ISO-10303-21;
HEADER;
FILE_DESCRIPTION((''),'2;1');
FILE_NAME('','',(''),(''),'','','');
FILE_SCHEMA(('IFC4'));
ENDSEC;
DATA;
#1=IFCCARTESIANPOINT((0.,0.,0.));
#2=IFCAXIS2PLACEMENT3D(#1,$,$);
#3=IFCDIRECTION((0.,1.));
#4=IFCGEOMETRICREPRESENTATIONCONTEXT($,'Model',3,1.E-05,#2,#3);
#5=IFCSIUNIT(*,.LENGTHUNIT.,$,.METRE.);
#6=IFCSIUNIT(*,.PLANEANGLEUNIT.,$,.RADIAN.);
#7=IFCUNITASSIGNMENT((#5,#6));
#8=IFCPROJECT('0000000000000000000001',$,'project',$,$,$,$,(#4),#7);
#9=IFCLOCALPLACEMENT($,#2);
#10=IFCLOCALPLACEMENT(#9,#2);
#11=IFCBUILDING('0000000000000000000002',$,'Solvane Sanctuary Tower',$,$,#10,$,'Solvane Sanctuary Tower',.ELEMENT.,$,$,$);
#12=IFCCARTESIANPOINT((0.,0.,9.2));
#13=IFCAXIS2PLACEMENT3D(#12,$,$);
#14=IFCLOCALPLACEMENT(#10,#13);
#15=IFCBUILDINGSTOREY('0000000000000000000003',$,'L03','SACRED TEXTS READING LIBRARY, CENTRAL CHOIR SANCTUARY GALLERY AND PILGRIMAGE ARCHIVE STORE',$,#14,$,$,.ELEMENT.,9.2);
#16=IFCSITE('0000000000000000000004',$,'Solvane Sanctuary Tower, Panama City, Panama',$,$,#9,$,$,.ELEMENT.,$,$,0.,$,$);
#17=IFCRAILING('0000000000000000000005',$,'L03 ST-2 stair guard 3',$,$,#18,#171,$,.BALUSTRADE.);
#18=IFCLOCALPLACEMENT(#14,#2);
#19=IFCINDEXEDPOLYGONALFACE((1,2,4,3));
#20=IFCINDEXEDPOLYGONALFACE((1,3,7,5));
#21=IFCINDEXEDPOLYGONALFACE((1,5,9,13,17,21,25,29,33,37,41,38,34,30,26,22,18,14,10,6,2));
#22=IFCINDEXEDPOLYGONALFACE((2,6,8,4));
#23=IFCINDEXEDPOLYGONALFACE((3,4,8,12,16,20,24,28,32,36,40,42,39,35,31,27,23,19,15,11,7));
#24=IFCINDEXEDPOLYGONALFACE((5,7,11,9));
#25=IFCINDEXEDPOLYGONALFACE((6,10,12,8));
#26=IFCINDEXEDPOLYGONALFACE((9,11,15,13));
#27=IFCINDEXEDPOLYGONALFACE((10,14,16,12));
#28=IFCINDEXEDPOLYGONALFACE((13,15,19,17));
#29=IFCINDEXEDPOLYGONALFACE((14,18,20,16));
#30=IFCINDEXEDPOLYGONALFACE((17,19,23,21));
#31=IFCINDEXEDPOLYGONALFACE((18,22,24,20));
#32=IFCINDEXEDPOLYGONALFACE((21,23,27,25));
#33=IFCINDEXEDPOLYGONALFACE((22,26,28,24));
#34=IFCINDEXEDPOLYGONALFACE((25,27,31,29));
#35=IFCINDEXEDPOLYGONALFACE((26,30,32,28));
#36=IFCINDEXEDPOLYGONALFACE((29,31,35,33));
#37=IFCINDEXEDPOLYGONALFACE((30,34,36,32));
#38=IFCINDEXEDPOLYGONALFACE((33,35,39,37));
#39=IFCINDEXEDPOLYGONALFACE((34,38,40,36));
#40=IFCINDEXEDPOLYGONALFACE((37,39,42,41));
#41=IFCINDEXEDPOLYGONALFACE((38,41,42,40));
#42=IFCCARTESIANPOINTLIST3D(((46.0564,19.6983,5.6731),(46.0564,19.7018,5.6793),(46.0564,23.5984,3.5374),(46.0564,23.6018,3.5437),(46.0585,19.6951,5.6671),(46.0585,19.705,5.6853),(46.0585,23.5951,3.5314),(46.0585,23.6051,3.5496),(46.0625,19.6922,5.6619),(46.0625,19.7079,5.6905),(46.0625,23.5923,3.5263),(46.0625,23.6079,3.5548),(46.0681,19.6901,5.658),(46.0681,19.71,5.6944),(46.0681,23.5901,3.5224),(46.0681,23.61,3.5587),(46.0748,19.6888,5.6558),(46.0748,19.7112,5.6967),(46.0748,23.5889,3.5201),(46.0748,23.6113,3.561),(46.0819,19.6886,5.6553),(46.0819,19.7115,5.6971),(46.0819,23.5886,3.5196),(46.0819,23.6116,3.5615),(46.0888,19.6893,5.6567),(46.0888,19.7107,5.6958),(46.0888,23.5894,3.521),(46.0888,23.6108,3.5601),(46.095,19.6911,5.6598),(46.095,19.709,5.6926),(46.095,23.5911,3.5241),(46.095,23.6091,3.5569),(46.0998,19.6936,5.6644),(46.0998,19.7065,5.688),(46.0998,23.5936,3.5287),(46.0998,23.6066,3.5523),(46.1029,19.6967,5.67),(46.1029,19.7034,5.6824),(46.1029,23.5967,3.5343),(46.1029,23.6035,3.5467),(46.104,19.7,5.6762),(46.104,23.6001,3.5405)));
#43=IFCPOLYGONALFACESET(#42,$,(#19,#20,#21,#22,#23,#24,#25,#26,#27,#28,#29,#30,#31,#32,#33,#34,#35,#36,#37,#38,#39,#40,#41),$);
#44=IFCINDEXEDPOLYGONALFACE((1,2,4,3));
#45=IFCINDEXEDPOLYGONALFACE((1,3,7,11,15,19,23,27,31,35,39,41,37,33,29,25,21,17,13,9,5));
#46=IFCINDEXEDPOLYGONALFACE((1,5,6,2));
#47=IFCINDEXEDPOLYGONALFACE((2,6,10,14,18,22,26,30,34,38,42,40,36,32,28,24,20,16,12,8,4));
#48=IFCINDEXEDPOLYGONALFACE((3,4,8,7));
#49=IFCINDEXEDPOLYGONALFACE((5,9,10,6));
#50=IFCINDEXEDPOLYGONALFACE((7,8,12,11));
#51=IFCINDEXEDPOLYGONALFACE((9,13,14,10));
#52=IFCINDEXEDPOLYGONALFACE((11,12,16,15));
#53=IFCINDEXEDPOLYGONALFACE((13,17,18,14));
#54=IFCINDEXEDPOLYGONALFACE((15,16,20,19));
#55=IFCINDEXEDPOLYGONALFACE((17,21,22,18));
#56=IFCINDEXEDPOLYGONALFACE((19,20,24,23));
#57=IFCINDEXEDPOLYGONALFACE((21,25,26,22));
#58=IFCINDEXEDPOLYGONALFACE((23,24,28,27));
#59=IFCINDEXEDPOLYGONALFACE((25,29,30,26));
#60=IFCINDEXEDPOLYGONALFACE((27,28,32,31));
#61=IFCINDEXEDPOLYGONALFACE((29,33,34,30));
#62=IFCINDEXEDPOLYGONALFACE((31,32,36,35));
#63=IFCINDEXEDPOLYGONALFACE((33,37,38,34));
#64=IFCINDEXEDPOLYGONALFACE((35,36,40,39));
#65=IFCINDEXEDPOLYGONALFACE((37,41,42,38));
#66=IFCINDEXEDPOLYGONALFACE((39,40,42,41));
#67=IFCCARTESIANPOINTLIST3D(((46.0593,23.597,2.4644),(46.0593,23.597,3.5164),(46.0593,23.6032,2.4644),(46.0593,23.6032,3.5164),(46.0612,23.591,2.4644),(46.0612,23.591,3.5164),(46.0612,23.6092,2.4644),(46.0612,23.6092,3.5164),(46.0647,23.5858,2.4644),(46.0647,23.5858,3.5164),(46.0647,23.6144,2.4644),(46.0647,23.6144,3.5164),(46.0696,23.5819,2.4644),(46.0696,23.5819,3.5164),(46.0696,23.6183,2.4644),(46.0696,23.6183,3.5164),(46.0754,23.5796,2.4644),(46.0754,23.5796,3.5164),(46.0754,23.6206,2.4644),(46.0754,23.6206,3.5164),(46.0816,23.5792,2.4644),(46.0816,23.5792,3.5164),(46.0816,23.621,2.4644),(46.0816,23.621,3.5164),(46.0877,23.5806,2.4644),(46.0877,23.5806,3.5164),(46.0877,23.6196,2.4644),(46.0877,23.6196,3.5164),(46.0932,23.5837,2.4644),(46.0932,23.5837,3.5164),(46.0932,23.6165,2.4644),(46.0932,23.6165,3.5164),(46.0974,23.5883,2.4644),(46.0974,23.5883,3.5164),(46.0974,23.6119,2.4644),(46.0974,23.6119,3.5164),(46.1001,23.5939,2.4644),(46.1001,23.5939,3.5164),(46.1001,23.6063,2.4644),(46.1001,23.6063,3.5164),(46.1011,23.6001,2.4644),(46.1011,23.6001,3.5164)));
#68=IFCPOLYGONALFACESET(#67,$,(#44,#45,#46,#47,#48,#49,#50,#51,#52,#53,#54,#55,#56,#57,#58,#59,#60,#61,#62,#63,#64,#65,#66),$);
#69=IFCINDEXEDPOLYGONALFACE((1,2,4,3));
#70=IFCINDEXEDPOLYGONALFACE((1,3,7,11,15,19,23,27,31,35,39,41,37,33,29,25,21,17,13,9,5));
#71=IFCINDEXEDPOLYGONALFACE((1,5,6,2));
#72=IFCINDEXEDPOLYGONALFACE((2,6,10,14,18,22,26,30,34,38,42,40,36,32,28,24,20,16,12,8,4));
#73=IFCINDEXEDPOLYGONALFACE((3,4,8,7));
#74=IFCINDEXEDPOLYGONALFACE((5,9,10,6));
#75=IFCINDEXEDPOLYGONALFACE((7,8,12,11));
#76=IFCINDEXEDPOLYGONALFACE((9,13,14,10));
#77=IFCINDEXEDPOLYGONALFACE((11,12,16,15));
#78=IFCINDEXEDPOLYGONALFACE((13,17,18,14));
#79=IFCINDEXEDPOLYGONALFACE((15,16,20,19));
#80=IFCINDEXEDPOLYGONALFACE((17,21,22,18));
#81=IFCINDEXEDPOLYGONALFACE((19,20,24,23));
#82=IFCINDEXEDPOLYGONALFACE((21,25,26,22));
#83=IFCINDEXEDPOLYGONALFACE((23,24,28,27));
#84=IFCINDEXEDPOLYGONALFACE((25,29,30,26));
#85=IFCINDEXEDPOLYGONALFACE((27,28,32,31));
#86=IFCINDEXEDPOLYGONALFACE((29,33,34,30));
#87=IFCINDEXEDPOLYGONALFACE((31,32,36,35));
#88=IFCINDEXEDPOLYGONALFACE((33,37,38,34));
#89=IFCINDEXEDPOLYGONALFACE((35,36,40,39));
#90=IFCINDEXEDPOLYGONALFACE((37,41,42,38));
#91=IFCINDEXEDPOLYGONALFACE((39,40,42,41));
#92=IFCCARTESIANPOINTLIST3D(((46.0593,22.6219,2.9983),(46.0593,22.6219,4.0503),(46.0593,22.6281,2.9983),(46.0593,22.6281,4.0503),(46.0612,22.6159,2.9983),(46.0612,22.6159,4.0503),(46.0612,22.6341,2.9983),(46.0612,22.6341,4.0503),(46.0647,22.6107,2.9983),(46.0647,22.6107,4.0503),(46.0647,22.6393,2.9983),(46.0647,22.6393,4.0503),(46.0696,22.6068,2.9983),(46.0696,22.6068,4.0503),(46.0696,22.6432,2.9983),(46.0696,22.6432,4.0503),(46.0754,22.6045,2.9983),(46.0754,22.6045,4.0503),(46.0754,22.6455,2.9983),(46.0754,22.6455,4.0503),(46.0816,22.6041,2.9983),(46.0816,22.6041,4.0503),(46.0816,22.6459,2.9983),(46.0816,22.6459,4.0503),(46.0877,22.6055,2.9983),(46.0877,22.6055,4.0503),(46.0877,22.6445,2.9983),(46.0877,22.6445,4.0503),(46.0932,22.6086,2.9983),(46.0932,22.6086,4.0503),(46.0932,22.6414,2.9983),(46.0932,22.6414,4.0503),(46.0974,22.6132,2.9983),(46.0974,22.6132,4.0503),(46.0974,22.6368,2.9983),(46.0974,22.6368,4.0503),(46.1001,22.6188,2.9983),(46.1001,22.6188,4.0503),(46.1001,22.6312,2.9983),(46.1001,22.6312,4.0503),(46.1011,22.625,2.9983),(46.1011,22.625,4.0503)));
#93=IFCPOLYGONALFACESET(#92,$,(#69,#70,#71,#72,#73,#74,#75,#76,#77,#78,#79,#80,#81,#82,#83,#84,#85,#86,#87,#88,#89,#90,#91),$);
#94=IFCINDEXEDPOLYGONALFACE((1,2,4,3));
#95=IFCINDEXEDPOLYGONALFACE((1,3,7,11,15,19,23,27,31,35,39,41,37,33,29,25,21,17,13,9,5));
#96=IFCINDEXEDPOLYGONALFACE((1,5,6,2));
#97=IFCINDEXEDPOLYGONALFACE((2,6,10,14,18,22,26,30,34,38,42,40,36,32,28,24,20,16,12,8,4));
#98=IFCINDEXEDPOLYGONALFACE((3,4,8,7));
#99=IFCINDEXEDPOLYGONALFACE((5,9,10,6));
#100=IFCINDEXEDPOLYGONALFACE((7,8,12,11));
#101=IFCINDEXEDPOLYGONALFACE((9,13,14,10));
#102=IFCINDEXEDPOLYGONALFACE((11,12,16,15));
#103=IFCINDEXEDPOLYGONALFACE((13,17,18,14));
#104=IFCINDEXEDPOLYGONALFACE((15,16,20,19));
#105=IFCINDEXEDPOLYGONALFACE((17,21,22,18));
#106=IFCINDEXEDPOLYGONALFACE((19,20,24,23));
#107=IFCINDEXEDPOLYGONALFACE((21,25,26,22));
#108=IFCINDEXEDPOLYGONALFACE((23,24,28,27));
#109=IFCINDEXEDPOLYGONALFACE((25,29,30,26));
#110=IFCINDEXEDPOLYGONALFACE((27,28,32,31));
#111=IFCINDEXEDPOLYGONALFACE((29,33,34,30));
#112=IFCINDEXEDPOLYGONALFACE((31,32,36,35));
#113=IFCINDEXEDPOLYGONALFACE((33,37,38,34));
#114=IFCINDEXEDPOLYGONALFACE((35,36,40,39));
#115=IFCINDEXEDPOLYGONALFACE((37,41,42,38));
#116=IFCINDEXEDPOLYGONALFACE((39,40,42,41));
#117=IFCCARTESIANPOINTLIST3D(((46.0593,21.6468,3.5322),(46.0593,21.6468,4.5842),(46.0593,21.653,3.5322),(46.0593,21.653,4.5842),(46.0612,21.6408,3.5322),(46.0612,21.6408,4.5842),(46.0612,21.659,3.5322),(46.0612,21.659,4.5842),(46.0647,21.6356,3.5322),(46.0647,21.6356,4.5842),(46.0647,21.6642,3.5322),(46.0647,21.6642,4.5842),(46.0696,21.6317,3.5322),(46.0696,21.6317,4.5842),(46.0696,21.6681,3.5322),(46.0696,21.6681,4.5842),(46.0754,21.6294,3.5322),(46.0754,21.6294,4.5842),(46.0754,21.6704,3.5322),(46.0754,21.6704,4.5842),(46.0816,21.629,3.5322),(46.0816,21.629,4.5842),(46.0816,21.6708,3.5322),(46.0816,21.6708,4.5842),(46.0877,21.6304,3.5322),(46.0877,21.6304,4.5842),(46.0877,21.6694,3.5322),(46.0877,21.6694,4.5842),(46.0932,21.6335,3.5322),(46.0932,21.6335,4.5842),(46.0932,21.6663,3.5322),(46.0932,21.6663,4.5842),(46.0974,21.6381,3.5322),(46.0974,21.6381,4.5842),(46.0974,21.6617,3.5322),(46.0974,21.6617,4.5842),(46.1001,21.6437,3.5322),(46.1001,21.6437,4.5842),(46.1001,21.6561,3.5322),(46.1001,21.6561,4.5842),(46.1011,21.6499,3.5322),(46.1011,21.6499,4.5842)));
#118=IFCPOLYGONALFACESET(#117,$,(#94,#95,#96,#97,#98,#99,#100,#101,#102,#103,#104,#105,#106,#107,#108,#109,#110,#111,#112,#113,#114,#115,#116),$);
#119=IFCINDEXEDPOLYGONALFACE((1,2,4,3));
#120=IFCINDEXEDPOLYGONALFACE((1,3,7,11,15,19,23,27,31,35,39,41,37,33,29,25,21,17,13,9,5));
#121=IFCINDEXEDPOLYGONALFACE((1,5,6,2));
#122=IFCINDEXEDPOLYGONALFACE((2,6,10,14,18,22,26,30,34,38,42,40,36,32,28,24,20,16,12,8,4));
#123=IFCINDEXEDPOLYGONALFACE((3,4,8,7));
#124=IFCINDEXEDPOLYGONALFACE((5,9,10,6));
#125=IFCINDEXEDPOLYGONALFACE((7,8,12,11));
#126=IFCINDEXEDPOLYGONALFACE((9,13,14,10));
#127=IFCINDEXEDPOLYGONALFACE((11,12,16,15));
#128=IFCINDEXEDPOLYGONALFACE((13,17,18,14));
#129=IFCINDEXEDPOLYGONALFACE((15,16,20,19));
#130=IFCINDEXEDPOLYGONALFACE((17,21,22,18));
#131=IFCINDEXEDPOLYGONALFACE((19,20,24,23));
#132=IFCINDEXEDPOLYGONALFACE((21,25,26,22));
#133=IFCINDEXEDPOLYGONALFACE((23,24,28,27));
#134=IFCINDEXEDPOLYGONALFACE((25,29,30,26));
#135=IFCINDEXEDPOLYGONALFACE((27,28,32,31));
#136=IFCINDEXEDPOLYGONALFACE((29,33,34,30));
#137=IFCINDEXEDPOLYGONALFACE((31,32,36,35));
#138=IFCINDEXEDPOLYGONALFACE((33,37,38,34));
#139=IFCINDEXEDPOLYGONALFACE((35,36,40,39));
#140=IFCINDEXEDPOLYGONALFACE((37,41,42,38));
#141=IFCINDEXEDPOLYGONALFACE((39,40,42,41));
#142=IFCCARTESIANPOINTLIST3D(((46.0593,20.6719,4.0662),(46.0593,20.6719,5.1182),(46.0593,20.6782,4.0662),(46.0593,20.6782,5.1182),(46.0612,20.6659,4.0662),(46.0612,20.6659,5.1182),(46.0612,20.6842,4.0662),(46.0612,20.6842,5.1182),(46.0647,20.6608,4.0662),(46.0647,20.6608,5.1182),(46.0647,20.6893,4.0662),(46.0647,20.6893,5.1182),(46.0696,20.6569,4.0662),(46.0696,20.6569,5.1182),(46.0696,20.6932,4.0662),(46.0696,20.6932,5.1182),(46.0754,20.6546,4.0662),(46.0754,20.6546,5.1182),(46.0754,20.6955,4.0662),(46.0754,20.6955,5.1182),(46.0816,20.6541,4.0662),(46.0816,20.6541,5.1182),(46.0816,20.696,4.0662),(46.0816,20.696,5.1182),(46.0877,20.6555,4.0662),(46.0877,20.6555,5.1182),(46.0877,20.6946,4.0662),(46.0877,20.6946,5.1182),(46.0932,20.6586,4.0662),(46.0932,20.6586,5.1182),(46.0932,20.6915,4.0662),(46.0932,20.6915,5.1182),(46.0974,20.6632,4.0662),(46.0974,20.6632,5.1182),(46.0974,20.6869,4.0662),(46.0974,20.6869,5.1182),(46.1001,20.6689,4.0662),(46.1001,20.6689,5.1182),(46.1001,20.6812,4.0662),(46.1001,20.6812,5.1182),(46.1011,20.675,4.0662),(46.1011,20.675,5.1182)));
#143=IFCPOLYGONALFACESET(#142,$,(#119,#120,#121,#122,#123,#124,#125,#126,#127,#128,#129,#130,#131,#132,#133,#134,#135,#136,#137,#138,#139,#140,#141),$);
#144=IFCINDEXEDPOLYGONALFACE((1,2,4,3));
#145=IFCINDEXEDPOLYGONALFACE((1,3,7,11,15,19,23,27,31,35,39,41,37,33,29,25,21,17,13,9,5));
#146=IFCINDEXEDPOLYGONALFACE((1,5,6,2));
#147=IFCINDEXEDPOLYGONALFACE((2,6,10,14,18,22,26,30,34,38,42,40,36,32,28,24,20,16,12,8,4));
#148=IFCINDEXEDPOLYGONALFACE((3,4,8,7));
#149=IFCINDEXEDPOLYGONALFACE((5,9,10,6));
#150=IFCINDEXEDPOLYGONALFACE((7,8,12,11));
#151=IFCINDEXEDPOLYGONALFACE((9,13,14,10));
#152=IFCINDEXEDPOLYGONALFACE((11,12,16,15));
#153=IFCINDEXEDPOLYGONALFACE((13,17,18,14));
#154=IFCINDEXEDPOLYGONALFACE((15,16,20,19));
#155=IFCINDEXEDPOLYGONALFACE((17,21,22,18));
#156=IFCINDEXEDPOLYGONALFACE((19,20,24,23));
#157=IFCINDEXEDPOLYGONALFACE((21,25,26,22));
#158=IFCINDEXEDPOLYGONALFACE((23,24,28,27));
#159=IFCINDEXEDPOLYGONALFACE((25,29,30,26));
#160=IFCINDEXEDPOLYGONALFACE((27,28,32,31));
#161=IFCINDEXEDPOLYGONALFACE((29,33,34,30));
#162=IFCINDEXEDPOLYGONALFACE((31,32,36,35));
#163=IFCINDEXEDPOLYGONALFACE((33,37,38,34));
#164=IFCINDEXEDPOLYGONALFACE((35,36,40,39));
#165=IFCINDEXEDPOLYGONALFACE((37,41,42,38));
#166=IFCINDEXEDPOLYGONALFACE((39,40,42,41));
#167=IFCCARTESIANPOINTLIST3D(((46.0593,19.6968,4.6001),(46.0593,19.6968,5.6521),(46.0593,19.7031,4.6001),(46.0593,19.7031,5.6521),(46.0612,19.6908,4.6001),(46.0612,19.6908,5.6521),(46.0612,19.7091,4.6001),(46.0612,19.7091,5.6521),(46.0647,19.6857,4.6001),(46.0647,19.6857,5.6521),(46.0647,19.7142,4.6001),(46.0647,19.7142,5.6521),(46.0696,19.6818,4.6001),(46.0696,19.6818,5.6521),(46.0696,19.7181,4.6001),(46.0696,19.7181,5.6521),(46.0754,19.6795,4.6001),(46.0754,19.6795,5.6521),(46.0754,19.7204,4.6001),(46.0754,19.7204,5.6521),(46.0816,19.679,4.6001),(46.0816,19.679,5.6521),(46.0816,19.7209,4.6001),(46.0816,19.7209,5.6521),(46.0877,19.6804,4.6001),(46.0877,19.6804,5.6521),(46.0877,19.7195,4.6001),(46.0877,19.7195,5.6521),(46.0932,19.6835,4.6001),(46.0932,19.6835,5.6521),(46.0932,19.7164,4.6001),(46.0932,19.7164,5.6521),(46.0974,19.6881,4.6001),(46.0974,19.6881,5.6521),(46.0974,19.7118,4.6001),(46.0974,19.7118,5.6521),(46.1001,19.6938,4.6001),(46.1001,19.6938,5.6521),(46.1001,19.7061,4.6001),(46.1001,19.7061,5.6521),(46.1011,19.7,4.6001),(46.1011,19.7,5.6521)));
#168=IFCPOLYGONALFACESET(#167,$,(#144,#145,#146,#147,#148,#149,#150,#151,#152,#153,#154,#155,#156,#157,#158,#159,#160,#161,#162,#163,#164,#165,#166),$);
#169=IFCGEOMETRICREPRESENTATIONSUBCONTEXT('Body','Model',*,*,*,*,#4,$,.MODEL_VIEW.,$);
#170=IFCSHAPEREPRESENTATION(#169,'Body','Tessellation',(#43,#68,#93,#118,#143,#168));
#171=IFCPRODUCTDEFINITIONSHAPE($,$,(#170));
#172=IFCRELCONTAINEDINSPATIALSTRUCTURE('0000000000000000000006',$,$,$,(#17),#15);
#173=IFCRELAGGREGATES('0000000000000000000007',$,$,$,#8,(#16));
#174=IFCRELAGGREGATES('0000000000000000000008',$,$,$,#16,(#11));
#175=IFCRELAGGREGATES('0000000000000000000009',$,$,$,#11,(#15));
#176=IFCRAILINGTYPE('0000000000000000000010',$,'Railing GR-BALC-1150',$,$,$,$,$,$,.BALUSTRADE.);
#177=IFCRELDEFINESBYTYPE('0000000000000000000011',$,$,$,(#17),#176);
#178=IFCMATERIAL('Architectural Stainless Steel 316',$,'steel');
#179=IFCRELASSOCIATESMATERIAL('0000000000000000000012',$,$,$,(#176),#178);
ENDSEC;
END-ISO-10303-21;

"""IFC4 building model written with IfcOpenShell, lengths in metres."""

from ifc_helpers import new_model, si_unit, direction, frame, origin, origin_2d, place, context, subcontext, project, spatial, circle, extrude, material, type_object, element, save


model = new_model("IFC4")

# Units and contexts
model_context = context("Model", 3, precision=1e-05, world=origin(), true_north=direction((0.0, 1.0)))
body_context = subcontext(model_context, "Body", "Model", "MODEL_VIEW")
ifc_project = project(units=[si_unit("LENGTHUNIT", "METRE"), si_unit("PLANEANGLEUNIT", "RADIAN")], contexts=[model_context])

# Site, building, storey
site_placement = place(None, origin())
site = spatial("IfcSite", under=ifc_project, at=site_placement, Name="Solvane Sanctuary Tower, Panama City, Panama", CompositionType="ELEMENT", RefElevation=0.0)
building_placement = place(site_placement, origin())
building = spatial("IfcBuilding", under=site, at=building_placement, Name="Solvane Sanctuary Tower", LongName="Solvane Sanctuary Tower", CompositionType="ELEMENT")
storey_placement = place(building_placement, frame((0.0, 0.0, 9.2)))
storey = spatial("IfcBuildingStorey", under=building, at=storey_placement, Name="L03", Description="SACRED TEXTS READING LIBRARY, CENTRAL CHOIR SANCTUARY GALLERY AND PILGRIMAGE ARCHIVE STORE", CompositionType="ELEMENT", Elevation=9.2)

# Railing
ifc_material_1 = material(Name="Architectural Stainless Steel 316", Category="steel")
railing_type_1 = type_object("IfcRailingType", Name="Railing GR-BALC-1150", PredefinedType="BALUSTRADE", material=ifc_material_1)
railing_1_placement = place(storey_placement, frame((46.0801, 23.6001, 2.4644)))
element("IfcRailing", 1, at=railing_1_placement, inside=storey, type_object=railing_type_1, Name="L03 ST-2 stair guard 3", PredefinedType="BALUSTRADE", context=body_context, shape_type="SweptSolid", body=[
    extrude(circle(Radius=0.0239, at=origin_2d()), frame((0.0, 0.0, 1.0762), z_axis=(0.0, -0.877101, 0.480306), x_axis=(1.0, 0.0, 0.0)), (0.0, 0.0, 1.0), 4.4465),
    extrude(circle(Radius=0.021, at=origin_2d()), origin(), (0.0, 0.0, 1.0), 1.052),
    extrude(circle(Radius=0.021, at=origin_2d()), frame((0.0, -0.9751, 0.5339)), (0.0, 0.0, 1.0), 1.052),
    extrude(circle(Radius=0.021, at=origin_2d()), frame((0.0, -1.9502, 1.0679)), (0.0, 0.0, 1.0), 1.052),
    extrude(circle(Radius=0.021, at=origin_2d()), frame((0.0, -2.925, 1.6018)), (0.0, 0.0, 1.0), 1.052),
    extrude(circle(Radius=0.021, at=origin_2d()), frame((0.0, -3.9001, 2.1357)), (0.0, 0.0, 1.0), 1.052),
])

save(model, "model.ifc")
